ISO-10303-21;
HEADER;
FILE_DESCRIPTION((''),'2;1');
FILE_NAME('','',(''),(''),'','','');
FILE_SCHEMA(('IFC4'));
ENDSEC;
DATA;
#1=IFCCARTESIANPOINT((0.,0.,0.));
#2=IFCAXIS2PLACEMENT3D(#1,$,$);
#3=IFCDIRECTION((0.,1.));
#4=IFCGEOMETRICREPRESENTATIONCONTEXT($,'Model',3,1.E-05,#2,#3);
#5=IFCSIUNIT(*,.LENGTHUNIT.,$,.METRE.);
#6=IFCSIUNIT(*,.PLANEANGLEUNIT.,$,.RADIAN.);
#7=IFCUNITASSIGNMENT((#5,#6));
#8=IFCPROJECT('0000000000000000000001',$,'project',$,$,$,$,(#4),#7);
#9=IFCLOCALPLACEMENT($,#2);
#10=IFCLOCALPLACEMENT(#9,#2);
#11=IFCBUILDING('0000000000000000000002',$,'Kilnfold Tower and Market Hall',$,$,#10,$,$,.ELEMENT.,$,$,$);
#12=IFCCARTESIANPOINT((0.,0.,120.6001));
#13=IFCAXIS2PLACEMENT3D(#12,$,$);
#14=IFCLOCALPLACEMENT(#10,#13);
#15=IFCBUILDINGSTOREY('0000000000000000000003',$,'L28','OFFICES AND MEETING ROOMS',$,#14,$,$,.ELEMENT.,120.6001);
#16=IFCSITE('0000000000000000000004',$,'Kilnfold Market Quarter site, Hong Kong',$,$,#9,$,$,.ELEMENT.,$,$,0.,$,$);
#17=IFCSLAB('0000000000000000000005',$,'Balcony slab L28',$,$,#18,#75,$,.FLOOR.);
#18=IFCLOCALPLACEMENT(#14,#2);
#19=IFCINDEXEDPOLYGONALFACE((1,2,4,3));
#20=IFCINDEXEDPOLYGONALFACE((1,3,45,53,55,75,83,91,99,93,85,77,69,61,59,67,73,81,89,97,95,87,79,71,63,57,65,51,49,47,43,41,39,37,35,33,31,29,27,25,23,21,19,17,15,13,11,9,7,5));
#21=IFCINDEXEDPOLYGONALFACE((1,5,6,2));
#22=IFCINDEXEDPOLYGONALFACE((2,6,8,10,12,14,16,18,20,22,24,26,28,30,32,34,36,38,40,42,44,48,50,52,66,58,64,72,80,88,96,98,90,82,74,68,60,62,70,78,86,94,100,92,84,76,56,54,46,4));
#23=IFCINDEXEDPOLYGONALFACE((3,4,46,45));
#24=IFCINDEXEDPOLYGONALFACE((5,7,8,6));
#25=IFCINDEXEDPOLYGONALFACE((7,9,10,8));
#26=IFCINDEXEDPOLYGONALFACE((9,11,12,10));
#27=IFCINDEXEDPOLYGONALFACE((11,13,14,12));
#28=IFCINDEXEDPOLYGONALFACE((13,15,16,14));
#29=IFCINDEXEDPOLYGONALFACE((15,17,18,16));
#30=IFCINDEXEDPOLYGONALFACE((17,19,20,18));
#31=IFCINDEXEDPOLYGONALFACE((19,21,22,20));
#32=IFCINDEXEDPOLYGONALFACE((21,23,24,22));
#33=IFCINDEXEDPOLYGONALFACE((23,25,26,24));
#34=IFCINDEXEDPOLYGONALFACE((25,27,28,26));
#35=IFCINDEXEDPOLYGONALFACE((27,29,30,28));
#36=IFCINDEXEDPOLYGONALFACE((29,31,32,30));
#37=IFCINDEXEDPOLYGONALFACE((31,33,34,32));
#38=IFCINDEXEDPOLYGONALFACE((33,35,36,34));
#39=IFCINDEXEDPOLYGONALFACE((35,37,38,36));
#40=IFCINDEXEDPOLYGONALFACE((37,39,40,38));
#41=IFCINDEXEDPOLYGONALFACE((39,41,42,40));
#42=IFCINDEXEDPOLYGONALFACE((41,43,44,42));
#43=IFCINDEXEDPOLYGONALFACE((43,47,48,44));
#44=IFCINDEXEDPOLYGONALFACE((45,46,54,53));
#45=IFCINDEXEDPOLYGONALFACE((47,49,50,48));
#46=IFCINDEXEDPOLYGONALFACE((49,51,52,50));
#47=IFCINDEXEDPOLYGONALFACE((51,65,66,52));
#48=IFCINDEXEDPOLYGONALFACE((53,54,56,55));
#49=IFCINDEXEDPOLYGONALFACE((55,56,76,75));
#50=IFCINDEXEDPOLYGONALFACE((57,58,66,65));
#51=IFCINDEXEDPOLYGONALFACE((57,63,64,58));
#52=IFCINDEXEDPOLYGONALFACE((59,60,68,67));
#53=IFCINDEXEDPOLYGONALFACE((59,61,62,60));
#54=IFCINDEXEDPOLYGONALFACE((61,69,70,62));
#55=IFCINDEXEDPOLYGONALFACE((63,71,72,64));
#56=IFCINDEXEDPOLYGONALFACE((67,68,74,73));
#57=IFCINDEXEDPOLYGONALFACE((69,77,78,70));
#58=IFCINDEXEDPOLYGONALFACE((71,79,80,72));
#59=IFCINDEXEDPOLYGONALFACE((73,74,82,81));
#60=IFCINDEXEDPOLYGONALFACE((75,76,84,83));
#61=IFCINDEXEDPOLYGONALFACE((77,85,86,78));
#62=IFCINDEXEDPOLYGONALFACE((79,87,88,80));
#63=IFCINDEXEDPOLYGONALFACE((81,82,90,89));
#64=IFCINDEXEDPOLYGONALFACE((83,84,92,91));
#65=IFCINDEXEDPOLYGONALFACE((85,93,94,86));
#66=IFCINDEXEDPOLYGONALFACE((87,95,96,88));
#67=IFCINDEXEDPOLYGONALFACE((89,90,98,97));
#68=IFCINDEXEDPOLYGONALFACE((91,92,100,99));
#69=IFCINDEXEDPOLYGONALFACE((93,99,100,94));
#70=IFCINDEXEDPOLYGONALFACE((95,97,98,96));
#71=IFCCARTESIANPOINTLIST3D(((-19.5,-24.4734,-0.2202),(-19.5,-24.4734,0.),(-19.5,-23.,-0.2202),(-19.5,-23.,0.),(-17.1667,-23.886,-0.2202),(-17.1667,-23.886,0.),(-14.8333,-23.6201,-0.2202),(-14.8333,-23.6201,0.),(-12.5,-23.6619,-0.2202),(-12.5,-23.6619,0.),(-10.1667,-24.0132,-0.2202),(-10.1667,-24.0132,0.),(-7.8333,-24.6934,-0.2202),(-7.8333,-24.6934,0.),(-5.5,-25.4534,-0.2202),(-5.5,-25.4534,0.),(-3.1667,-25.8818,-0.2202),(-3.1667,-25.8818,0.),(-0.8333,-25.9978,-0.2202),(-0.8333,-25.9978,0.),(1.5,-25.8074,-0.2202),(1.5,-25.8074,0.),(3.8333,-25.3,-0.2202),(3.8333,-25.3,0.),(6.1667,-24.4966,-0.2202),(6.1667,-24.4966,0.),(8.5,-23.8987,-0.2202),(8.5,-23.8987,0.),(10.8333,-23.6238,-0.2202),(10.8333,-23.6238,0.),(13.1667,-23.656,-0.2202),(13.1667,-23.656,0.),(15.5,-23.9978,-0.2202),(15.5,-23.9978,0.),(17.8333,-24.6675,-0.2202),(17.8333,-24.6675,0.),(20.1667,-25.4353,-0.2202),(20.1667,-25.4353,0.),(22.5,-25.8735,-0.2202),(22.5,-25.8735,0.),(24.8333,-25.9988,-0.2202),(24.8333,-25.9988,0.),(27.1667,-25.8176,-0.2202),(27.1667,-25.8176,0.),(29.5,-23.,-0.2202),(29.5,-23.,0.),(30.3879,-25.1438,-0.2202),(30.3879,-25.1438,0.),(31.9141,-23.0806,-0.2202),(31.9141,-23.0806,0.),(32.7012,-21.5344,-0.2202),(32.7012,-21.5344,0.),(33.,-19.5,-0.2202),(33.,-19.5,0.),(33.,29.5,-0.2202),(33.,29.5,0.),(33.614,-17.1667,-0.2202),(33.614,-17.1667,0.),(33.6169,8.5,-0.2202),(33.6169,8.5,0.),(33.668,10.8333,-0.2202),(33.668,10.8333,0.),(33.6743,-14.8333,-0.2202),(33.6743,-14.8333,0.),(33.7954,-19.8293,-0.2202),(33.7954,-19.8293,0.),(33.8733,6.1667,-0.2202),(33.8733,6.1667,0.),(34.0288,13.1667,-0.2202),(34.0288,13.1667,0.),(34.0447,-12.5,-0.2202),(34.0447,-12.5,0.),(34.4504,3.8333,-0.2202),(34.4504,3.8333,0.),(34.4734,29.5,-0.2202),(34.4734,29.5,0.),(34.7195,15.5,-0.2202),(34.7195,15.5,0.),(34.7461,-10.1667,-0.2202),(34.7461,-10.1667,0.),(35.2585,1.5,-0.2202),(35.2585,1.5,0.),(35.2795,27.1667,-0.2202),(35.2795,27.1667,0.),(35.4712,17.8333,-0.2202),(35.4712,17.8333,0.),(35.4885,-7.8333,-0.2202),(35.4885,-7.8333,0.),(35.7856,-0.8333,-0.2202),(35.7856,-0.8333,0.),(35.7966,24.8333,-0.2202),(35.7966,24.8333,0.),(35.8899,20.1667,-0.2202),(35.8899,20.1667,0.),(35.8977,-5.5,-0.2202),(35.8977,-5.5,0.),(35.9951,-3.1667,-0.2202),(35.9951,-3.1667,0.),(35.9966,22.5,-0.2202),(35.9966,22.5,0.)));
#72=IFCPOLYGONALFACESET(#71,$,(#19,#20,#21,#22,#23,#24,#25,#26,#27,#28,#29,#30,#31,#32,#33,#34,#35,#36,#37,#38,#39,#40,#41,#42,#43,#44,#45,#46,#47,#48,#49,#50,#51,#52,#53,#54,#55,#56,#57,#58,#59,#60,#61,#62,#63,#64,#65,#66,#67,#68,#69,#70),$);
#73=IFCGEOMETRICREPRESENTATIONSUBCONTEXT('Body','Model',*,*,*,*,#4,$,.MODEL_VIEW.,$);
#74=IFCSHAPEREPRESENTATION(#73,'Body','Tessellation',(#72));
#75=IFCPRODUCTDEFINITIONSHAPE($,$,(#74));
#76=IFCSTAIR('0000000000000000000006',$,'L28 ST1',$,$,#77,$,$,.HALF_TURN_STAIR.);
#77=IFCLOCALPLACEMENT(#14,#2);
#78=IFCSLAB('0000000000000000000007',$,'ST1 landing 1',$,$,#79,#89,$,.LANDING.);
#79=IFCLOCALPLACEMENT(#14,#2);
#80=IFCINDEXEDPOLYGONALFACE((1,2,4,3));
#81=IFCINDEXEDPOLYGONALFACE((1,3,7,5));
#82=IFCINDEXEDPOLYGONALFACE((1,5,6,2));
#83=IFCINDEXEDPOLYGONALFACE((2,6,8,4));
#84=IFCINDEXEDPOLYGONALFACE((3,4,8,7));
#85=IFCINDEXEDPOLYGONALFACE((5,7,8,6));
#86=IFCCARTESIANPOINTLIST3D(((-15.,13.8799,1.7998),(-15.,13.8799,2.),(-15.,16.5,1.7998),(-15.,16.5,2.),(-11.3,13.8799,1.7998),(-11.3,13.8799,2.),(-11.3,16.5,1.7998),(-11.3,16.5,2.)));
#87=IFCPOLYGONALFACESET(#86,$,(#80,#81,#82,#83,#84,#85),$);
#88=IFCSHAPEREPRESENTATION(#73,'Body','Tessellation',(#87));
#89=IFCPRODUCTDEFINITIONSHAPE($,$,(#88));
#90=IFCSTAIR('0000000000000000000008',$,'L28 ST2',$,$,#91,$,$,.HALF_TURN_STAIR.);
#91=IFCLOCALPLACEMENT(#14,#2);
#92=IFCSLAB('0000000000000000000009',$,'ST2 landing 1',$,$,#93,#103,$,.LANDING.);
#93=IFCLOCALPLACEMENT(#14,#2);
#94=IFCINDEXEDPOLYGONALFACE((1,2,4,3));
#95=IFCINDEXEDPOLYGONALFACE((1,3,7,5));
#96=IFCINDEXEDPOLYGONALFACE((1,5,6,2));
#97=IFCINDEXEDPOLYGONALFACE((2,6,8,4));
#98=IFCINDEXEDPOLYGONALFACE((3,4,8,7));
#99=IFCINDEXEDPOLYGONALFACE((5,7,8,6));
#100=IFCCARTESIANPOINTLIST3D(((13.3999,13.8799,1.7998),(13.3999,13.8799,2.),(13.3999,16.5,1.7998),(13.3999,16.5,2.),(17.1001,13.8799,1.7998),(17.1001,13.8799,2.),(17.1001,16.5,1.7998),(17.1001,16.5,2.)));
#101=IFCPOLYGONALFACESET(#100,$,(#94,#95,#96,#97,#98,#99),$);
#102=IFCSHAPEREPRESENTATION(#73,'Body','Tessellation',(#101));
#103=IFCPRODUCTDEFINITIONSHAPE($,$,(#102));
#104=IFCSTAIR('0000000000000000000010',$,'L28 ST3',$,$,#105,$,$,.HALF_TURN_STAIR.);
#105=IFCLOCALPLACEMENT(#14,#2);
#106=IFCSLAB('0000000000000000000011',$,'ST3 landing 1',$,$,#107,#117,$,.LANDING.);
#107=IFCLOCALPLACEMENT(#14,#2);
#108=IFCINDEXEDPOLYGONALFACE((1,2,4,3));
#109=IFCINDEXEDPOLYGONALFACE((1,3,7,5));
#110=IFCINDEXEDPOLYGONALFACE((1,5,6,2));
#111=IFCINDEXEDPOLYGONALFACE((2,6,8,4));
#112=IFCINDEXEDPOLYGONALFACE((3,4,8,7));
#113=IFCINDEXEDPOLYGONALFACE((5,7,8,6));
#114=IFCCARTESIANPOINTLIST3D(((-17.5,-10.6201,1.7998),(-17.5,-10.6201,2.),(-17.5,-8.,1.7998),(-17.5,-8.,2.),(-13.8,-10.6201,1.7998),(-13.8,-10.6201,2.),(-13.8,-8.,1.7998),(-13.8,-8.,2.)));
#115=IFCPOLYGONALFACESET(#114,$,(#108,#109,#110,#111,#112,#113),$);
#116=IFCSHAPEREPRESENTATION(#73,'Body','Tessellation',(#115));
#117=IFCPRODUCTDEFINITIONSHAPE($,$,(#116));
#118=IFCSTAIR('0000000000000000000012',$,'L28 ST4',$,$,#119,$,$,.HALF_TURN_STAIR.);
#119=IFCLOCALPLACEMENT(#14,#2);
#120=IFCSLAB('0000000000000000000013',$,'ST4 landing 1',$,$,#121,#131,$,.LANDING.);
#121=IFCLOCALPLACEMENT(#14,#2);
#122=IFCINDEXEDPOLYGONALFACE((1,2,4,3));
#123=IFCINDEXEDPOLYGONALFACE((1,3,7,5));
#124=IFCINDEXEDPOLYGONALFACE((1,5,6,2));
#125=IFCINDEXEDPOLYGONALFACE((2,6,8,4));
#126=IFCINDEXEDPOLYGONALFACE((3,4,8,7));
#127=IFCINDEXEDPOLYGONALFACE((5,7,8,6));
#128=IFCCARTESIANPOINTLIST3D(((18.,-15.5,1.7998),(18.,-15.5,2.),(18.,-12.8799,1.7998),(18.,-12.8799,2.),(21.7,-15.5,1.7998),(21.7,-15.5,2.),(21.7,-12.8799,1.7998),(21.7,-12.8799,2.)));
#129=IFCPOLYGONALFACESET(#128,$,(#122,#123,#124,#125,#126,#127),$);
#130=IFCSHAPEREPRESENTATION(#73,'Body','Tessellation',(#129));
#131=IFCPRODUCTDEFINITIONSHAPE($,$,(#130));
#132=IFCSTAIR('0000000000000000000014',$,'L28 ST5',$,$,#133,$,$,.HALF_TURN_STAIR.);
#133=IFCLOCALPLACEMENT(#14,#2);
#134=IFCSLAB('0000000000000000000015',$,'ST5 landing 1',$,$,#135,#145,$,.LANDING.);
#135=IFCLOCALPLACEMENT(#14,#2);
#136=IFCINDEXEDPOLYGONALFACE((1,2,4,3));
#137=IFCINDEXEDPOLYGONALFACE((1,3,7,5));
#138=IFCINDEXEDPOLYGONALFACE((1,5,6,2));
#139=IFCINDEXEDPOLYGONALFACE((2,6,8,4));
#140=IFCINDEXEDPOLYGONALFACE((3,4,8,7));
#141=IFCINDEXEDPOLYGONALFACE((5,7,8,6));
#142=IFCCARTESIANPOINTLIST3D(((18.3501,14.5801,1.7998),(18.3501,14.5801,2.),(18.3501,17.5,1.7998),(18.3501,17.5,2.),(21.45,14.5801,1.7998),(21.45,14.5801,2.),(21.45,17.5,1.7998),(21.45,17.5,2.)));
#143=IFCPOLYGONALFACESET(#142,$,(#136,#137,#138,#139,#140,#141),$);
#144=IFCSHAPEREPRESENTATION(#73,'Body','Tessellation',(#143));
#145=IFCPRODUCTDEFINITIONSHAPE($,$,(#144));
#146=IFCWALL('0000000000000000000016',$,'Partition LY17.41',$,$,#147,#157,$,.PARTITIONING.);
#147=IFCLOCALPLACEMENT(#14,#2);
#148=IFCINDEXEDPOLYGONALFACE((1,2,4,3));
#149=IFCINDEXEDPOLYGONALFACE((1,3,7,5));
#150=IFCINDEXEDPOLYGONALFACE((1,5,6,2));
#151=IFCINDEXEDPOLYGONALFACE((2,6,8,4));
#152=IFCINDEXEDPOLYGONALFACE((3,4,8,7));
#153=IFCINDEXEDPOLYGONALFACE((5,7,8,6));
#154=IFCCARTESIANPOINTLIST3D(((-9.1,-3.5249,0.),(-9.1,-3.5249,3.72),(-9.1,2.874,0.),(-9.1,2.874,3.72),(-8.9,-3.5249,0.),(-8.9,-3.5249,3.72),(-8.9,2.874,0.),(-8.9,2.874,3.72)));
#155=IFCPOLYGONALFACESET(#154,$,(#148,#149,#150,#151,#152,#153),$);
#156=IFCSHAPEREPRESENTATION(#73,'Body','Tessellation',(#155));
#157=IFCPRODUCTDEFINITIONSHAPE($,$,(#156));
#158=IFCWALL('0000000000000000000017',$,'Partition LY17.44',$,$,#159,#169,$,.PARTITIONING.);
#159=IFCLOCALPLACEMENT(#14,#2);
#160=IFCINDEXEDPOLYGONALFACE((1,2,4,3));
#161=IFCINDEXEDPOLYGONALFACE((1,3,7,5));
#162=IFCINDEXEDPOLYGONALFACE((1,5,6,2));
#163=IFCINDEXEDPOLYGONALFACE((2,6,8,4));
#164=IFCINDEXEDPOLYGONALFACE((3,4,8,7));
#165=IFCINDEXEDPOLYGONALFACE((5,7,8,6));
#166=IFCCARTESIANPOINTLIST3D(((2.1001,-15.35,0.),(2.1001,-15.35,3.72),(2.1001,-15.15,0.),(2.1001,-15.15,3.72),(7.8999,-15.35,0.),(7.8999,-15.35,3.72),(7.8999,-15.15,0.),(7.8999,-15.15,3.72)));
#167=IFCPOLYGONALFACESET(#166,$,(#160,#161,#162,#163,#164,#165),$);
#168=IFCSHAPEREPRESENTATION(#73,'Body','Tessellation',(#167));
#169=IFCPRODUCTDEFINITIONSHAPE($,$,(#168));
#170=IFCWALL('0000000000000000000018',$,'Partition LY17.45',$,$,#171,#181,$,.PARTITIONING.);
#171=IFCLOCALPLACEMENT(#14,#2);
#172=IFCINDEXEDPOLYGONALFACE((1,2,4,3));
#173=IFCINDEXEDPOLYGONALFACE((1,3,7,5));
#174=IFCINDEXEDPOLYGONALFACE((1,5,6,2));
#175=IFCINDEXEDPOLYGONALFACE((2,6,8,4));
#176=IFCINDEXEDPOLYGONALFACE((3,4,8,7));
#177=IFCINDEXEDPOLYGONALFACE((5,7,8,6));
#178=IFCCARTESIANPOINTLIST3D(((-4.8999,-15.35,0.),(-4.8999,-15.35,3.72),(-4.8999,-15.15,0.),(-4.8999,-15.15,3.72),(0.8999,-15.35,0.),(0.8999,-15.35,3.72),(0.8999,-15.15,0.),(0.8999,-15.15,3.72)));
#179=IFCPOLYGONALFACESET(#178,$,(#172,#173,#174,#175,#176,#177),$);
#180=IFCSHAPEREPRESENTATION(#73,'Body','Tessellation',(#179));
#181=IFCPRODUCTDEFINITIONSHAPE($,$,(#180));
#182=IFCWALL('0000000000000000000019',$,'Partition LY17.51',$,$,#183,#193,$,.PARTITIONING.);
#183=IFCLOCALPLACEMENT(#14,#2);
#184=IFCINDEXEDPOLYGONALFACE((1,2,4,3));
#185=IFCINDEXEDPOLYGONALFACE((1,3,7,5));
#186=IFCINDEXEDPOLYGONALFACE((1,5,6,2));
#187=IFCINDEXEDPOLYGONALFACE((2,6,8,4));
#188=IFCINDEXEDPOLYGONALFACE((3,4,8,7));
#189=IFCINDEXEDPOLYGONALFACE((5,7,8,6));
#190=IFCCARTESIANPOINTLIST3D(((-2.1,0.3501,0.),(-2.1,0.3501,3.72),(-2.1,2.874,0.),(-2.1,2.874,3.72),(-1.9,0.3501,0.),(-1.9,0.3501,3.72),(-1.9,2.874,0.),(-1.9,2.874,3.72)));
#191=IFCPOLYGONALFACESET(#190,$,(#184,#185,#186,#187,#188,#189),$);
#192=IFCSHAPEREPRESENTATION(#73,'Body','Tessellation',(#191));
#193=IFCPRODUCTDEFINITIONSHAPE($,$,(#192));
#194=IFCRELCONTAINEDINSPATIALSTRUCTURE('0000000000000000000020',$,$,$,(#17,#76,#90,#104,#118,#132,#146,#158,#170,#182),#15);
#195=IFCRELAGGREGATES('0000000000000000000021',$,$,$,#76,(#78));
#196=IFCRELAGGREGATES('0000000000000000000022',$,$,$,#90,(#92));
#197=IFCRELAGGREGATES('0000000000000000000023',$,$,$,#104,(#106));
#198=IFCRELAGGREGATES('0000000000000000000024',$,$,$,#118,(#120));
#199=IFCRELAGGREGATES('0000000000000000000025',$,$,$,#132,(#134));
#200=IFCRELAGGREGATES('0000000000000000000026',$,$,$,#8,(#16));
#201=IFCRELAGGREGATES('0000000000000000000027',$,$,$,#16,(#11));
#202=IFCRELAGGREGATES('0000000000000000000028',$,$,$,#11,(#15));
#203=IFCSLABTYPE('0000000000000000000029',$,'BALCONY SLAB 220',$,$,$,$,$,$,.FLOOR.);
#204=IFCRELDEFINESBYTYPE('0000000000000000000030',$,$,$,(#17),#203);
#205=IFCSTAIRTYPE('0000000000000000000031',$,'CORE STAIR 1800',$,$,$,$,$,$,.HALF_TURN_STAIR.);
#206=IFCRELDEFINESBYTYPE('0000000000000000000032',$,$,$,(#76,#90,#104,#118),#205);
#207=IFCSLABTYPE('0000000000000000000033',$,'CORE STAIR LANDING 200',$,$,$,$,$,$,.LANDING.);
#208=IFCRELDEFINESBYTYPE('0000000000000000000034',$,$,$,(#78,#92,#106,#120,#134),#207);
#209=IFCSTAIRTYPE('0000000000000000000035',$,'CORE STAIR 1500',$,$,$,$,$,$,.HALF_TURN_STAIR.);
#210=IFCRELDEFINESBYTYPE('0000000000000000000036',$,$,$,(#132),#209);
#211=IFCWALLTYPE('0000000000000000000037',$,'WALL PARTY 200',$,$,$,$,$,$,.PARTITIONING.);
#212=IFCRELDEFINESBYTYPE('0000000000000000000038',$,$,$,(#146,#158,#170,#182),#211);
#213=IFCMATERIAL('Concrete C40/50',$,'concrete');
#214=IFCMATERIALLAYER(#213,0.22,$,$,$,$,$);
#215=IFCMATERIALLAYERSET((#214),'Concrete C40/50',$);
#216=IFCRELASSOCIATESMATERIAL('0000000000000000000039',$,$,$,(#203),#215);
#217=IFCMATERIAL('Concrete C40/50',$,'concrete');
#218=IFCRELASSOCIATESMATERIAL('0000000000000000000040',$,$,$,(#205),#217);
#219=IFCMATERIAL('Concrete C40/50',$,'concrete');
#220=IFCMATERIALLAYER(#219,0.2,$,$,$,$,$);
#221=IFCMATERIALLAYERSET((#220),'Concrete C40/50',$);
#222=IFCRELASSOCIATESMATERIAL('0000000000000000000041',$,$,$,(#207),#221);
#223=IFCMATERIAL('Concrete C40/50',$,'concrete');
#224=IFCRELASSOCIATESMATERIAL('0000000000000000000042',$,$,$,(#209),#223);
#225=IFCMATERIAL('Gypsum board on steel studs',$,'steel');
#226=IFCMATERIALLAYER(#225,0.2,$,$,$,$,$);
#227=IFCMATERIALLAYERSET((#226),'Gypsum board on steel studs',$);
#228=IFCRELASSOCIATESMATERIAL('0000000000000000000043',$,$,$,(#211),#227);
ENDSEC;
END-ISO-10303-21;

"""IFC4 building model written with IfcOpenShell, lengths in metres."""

from ifc_helpers import new_model, si_unit, direction, frame, frame_2d, origin, place, context, subcontext, project, spatial, polyline, rectangle, outline, extrude, source, transform, mapped, material, layer, layer_set, type_object, element, aggregate, save


model = new_model("IFC4")

# Units and contexts
model_context = context("Model", 3, precision=1e-05, world=origin(), true_north=direction((0.0, 1.0)))
body_context = subcontext(model_context, "Body", "Model", "MODEL_VIEW")
ifc_project = project(units=[si_unit("LENGTHUNIT", "METRE"), si_unit("PLANEANGLEUNIT", "RADIAN")], contexts=[model_context])

# Site, building, storey
site_placement = place(None, origin())
site = spatial("IfcSite", under=ifc_project, at=site_placement, Name="Kilnfold Market Quarter site, Hong Kong", CompositionType="ELEMENT", RefElevation=0.0)
building_placement = place(site_placement, origin())
building = spatial("IfcBuilding", under=site, at=building_placement, Name="Kilnfold Tower and Market Hall", CompositionType="ELEMENT")
storey_placement = place(building_placement, frame((0.0, 0.0, 120.6001)))
storey = spatial("IfcBuildingStorey", under=building, at=storey_placement, Name="L28", Description="OFFICES AND MEETING ROOMS", CompositionType="ELEMENT", Elevation=120.6001)

# Slab
ifc_material_1 = material(Name="Concrete C40/50", Category="concrete")
ifc_layer_1 = layer(ifc_material_1, 0.22)
ifc_layer_set_1 = layer_set([ifc_layer_1], Name="Concrete C40/50")
slab_type_1 = type_object("IfcSlabType", Name="BALCONY SLAB 220", PredefinedType="FLOOR", material=ifc_layer_set_1)
shared_shape_1 = source(origin(), body_context, "Body", "SweptSolid", [
    extrude(outline(polyline([(-19.5, -23.0), (29.5, -23.0), (33.0, -19.5), (33.0, 29.5), (34.4734, 29.5), (35.2795, 27.1667), (35.7966, 24.8333), (35.9966, 22.5), (35.8899, 20.1667), (35.4712, 17.8333), (34.7195, 15.5), (34.0288, 13.1667), (33.668, 10.8333), (33.6169, 8.5), (33.8733, 6.1667), (34.4504, 3.8333), (35.2585, 1.5), (35.7856, -0.8333), (35.9951, -3.1667), (35.8977, -5.5), (35.4885, -7.8333), (34.7461, -10.1667), (34.0447, -12.5), (33.6743, -14.8333), (33.614, -17.1667), (33.7954, -19.8293), (32.7012, -21.5344), (31.9141, -23.0806), (30.3879, -25.1438), (27.1667, -25.8176), (24.8333, -25.9988), (22.5, -25.8735), (20.1667, -25.4353), (17.8333, -24.6675), (15.5, -23.9978), (13.1667, -23.656), (10.8333, -23.6238), (8.5, -23.8987), (6.1667, -24.4966), (3.8333, -25.3), (1.5, -25.8074), (-0.8333, -25.9978), (-3.1667, -25.8818), (-5.5, -25.4534), (-7.8333, -24.6934), (-10.1667, -24.0132), (-12.5, -23.6619), (-14.8333, -23.6201), (-17.1667, -23.886), (-19.5, -24.4734), (-19.5, -23.0)])), origin(), (0.0, 0.0, 1.0), 0.2202),
])
slab_1_placement = place(storey_placement, frame((0.0, 0.0, -0.2202)))
element("IfcSlab", 1, at=slab_1_placement, inside=storey, type_object=slab_type_1, Name="Balcony slab L28", PredefinedType="FLOOR", context=body_context, shape_type="MappedRepresentation", body=[
    mapped(shared_shape_1, transform((0.0, 0.0, 0.0))),
])

# Stairs, slabs
ifc_material_2 = material(Name="Concrete C40/50", Category="concrete")
stair_type_1 = type_object("IfcStairType", Name="CORE STAIR 1800", PredefinedType="HALF_TURN_STAIR", material=ifc_material_2)
stair_1_placement = place(storey_placement, origin())
stair_1 = element("IfcStair", 2, at=stair_1_placement, inside=storey, type_object=stair_type_1, Name="L28 ST1", PredefinedType="HALF_TURN_STAIR")
ifc_material_3 = material(Name="Concrete C40/50", Category="concrete")
ifc_layer_2 = layer(ifc_material_3, 0.2)
ifc_layer_set_2 = layer_set([ifc_layer_2], Name="Concrete C40/50")
slab_type_2 = type_object("IfcSlabType", Name="CORE STAIR LANDING 200", PredefinedType="LANDING", material=ifc_layer_set_2)
shared_shape_2 = source(origin(), body_context, "Body", "SweptSolid", [
    extrude(outline(polyline([(-11.3, 13.8799), (-11.3, 16.5), (-15.0, 16.5), (-15.0, 13.8799), (-11.3, 13.8799)])), origin(), (0.0, 0.0, 1.0), 0.2002),
])
slab_2_placement = place(storey_placement, frame((0.0, 0.0, 1.7998)))
slab_2 = element("IfcSlab", 3, at=slab_2_placement, type_object=slab_type_2, Name="ST1 landing 1", PredefinedType="LANDING", context=body_context, shape_type="MappedRepresentation", body=[
    mapped(shared_shape_2, transform((0.0, 0.0, 0.0))),
])
aggregate(stair_1, [slab_2])
stair_2_placement = place(storey_placement, origin())
stair_2 = element("IfcStair", 4, at=stair_2_placement, inside=storey, type_object=stair_type_1, Name="L28 ST2", PredefinedType="HALF_TURN_STAIR")
shared_shape_3 = source(origin(), body_context, "Body", "SweptSolid", [
    extrude(outline(polyline([(17.1001, 13.8799), (17.1001, 16.5), (13.3999, 16.5), (13.3999, 13.8799), (17.1001, 13.8799)])), origin(), (0.0, 0.0, 1.0), 0.2002),
])
slab_3_placement = place(storey_placement, frame((0.0, 0.0, 1.7998)))
slab_3 = element("IfcSlab", 5, at=slab_3_placement, type_object=slab_type_2, Name="ST2 landing 1", PredefinedType="LANDING", context=body_context, shape_type="MappedRepresentation", body=[
    mapped(shared_shape_3, transform((0.0, 0.0, 0.0))),
])
aggregate(stair_2, [slab_3])
stair_3_placement = place(storey_placement, origin())
stair_3 = element("IfcStair", 6, at=stair_3_placement, inside=storey, type_object=stair_type_1, Name="L28 ST3", PredefinedType="HALF_TURN_STAIR")
shared_shape_4 = source(origin(), body_context, "Body", "SweptSolid", [
    extrude(outline(polyline([(-13.8, -10.6201), (-13.8, -8.0), (-17.5, -8.0), (-17.5, -10.6201), (-13.8, -10.6201)])), origin(), (0.0, 0.0, 1.0), 0.2002),
])
slab_4_placement = place(storey_placement, frame((0.0, 0.0, 1.7998)))
slab_4 = element("IfcSlab", 7, at=slab_4_placement, type_object=slab_type_2, Name="ST3 landing 1", PredefinedType="LANDING", context=body_context, shape_type="MappedRepresentation", body=[
    mapped(shared_shape_4, transform((0.0, 0.0, 0.0))),
])
aggregate(stair_3, [slab_4])
stair_4_placement = place(storey_placement, origin())
stair_4 = element("IfcStair", 8, at=stair_4_placement, inside=storey, type_object=stair_type_1, Name="L28 ST4", PredefinedType="HALF_TURN_STAIR")
shared_shape_5 = source(origin(), body_context, "Body", "SweptSolid", [
    extrude(outline(polyline([(18.0, -12.8799), (18.0, -15.5), (21.7, -15.5), (21.7, -12.8799), (18.0, -12.8799)])), origin(), (0.0, 0.0, 1.0), 0.2002),
])
slab_5_placement = place(storey_placement, frame((0.0, 0.0, 1.7998)))
slab_5 = element("IfcSlab", 9, at=slab_5_placement, type_object=slab_type_2, Name="ST4 landing 1", PredefinedType="LANDING", context=body_context, shape_type="MappedRepresentation", body=[
    mapped(shared_shape_5, transform((0.0, 0.0, 0.0))),
])
aggregate(stair_4, [slab_5])
ifc_material_4 = material(Name="Concrete C40/50", Category="concrete")
stair_type_2 = type_object("IfcStairType", Name="CORE STAIR 1500", PredefinedType="HALF_TURN_STAIR", material=ifc_material_4)
stair_5_placement = place(storey_placement, origin())
stair_5 = element("IfcStair", 10, at=stair_5_placement, inside=storey, type_object=stair_type_2, Name="L28 ST5", PredefinedType="HALF_TURN_STAIR")
shared_shape_6 = source(origin(), body_context, "Body", "SweptSolid", [
    extrude(outline(polyline([(21.45, 14.5801), (21.45, 17.5), (18.3501, 17.5), (18.3501, 14.5801), (21.45, 14.5801)])), origin(), (0.0, 0.0, 1.0), 0.2002),
])
slab_6_placement = place(storey_placement, frame((0.0, 0.0, 1.7998)))
slab_6 = element("IfcSlab", 11, at=slab_6_placement, type_object=slab_type_2, Name="ST5 landing 1", PredefinedType="LANDING", context=body_context, shape_type="MappedRepresentation", body=[
    mapped(shared_shape_6, transform((0.0, 0.0, 0.0))),
])
aggregate(stair_5, [slab_6])

# Walls
ifc_material_5 = material(Name="Gypsum board on steel studs", Category="steel")
ifc_layer_3 = layer(ifc_material_5, 0.2)
ifc_layer_set_3 = layer_set([ifc_layer_3], Name="Gypsum board on steel studs")
wall_type = type_object("IfcWallType", Name="WALL PARTY 200", PredefinedType="PARTITIONING", material=ifc_layer_set_3)
wall_1_placement = place(storey_placement, frame((-9.0, -3.5249, 0.0), z_axis=(0.0, 0.0, 1.0), x_axis=(0.0, 1.0, 0.0)))
element("IfcWall", 12, at=wall_1_placement, inside=storey, type_object=wall_type, Name="Partition LY17.41", PredefinedType="PARTITIONING", context=body_context, shape_type="SweptSolid", body=[
    extrude(rectangle(XDim=6.3989, YDim=0.2, at=frame_2d((3.1995, 0.0))), origin(), (0.0, 0.0, 1.0), 3.72),
])
for number, where, z_axis, x_axis, name in (
    (13, (2.1001, -15.25, 0.0), (0.0, 0.0, 1.0), (1.0, 0.0, 0.0), "Partition LY17.44"),
    (14, (-4.8999, -15.25, 0.0), (0.0, 0.0, 1.0), (1.0, 0.0, 0.0), "Partition LY17.45"),
):
    element("IfcWall", number, at=place(storey_placement, frame(where, z_axis=z_axis, x_axis=x_axis)), inside=storey, type_object=wall_type, Name=name, PredefinedType="PARTITIONING", context=body_context, shape_type="SweptSolid", body=[
        extrude(rectangle(XDim=5.7998, YDim=0.2, at=frame_2d((2.8999, 0.0))), origin(), (0.0, 0.0, 1.0), 3.72),
    ])
wall_2_placement = place(storey_placement, frame((-2.0, 0.3501, 0.0), z_axis=(0.0, 0.0, 1.0), x_axis=(0.0, 1.0, 0.0)))
element("IfcWall", 15, at=wall_2_placement, inside=storey, type_object=wall_type, Name="Partition LY17.51", PredefinedType="PARTITIONING", context=body_context, shape_type="SweptSolid", body=[
    extrude(rectangle(XDim=2.5239, YDim=0.2, at=frame_2d((1.262, 0.0))), origin(), (0.0, 0.0, 1.0), 3.72),
])

save(model, "model.ifc")
